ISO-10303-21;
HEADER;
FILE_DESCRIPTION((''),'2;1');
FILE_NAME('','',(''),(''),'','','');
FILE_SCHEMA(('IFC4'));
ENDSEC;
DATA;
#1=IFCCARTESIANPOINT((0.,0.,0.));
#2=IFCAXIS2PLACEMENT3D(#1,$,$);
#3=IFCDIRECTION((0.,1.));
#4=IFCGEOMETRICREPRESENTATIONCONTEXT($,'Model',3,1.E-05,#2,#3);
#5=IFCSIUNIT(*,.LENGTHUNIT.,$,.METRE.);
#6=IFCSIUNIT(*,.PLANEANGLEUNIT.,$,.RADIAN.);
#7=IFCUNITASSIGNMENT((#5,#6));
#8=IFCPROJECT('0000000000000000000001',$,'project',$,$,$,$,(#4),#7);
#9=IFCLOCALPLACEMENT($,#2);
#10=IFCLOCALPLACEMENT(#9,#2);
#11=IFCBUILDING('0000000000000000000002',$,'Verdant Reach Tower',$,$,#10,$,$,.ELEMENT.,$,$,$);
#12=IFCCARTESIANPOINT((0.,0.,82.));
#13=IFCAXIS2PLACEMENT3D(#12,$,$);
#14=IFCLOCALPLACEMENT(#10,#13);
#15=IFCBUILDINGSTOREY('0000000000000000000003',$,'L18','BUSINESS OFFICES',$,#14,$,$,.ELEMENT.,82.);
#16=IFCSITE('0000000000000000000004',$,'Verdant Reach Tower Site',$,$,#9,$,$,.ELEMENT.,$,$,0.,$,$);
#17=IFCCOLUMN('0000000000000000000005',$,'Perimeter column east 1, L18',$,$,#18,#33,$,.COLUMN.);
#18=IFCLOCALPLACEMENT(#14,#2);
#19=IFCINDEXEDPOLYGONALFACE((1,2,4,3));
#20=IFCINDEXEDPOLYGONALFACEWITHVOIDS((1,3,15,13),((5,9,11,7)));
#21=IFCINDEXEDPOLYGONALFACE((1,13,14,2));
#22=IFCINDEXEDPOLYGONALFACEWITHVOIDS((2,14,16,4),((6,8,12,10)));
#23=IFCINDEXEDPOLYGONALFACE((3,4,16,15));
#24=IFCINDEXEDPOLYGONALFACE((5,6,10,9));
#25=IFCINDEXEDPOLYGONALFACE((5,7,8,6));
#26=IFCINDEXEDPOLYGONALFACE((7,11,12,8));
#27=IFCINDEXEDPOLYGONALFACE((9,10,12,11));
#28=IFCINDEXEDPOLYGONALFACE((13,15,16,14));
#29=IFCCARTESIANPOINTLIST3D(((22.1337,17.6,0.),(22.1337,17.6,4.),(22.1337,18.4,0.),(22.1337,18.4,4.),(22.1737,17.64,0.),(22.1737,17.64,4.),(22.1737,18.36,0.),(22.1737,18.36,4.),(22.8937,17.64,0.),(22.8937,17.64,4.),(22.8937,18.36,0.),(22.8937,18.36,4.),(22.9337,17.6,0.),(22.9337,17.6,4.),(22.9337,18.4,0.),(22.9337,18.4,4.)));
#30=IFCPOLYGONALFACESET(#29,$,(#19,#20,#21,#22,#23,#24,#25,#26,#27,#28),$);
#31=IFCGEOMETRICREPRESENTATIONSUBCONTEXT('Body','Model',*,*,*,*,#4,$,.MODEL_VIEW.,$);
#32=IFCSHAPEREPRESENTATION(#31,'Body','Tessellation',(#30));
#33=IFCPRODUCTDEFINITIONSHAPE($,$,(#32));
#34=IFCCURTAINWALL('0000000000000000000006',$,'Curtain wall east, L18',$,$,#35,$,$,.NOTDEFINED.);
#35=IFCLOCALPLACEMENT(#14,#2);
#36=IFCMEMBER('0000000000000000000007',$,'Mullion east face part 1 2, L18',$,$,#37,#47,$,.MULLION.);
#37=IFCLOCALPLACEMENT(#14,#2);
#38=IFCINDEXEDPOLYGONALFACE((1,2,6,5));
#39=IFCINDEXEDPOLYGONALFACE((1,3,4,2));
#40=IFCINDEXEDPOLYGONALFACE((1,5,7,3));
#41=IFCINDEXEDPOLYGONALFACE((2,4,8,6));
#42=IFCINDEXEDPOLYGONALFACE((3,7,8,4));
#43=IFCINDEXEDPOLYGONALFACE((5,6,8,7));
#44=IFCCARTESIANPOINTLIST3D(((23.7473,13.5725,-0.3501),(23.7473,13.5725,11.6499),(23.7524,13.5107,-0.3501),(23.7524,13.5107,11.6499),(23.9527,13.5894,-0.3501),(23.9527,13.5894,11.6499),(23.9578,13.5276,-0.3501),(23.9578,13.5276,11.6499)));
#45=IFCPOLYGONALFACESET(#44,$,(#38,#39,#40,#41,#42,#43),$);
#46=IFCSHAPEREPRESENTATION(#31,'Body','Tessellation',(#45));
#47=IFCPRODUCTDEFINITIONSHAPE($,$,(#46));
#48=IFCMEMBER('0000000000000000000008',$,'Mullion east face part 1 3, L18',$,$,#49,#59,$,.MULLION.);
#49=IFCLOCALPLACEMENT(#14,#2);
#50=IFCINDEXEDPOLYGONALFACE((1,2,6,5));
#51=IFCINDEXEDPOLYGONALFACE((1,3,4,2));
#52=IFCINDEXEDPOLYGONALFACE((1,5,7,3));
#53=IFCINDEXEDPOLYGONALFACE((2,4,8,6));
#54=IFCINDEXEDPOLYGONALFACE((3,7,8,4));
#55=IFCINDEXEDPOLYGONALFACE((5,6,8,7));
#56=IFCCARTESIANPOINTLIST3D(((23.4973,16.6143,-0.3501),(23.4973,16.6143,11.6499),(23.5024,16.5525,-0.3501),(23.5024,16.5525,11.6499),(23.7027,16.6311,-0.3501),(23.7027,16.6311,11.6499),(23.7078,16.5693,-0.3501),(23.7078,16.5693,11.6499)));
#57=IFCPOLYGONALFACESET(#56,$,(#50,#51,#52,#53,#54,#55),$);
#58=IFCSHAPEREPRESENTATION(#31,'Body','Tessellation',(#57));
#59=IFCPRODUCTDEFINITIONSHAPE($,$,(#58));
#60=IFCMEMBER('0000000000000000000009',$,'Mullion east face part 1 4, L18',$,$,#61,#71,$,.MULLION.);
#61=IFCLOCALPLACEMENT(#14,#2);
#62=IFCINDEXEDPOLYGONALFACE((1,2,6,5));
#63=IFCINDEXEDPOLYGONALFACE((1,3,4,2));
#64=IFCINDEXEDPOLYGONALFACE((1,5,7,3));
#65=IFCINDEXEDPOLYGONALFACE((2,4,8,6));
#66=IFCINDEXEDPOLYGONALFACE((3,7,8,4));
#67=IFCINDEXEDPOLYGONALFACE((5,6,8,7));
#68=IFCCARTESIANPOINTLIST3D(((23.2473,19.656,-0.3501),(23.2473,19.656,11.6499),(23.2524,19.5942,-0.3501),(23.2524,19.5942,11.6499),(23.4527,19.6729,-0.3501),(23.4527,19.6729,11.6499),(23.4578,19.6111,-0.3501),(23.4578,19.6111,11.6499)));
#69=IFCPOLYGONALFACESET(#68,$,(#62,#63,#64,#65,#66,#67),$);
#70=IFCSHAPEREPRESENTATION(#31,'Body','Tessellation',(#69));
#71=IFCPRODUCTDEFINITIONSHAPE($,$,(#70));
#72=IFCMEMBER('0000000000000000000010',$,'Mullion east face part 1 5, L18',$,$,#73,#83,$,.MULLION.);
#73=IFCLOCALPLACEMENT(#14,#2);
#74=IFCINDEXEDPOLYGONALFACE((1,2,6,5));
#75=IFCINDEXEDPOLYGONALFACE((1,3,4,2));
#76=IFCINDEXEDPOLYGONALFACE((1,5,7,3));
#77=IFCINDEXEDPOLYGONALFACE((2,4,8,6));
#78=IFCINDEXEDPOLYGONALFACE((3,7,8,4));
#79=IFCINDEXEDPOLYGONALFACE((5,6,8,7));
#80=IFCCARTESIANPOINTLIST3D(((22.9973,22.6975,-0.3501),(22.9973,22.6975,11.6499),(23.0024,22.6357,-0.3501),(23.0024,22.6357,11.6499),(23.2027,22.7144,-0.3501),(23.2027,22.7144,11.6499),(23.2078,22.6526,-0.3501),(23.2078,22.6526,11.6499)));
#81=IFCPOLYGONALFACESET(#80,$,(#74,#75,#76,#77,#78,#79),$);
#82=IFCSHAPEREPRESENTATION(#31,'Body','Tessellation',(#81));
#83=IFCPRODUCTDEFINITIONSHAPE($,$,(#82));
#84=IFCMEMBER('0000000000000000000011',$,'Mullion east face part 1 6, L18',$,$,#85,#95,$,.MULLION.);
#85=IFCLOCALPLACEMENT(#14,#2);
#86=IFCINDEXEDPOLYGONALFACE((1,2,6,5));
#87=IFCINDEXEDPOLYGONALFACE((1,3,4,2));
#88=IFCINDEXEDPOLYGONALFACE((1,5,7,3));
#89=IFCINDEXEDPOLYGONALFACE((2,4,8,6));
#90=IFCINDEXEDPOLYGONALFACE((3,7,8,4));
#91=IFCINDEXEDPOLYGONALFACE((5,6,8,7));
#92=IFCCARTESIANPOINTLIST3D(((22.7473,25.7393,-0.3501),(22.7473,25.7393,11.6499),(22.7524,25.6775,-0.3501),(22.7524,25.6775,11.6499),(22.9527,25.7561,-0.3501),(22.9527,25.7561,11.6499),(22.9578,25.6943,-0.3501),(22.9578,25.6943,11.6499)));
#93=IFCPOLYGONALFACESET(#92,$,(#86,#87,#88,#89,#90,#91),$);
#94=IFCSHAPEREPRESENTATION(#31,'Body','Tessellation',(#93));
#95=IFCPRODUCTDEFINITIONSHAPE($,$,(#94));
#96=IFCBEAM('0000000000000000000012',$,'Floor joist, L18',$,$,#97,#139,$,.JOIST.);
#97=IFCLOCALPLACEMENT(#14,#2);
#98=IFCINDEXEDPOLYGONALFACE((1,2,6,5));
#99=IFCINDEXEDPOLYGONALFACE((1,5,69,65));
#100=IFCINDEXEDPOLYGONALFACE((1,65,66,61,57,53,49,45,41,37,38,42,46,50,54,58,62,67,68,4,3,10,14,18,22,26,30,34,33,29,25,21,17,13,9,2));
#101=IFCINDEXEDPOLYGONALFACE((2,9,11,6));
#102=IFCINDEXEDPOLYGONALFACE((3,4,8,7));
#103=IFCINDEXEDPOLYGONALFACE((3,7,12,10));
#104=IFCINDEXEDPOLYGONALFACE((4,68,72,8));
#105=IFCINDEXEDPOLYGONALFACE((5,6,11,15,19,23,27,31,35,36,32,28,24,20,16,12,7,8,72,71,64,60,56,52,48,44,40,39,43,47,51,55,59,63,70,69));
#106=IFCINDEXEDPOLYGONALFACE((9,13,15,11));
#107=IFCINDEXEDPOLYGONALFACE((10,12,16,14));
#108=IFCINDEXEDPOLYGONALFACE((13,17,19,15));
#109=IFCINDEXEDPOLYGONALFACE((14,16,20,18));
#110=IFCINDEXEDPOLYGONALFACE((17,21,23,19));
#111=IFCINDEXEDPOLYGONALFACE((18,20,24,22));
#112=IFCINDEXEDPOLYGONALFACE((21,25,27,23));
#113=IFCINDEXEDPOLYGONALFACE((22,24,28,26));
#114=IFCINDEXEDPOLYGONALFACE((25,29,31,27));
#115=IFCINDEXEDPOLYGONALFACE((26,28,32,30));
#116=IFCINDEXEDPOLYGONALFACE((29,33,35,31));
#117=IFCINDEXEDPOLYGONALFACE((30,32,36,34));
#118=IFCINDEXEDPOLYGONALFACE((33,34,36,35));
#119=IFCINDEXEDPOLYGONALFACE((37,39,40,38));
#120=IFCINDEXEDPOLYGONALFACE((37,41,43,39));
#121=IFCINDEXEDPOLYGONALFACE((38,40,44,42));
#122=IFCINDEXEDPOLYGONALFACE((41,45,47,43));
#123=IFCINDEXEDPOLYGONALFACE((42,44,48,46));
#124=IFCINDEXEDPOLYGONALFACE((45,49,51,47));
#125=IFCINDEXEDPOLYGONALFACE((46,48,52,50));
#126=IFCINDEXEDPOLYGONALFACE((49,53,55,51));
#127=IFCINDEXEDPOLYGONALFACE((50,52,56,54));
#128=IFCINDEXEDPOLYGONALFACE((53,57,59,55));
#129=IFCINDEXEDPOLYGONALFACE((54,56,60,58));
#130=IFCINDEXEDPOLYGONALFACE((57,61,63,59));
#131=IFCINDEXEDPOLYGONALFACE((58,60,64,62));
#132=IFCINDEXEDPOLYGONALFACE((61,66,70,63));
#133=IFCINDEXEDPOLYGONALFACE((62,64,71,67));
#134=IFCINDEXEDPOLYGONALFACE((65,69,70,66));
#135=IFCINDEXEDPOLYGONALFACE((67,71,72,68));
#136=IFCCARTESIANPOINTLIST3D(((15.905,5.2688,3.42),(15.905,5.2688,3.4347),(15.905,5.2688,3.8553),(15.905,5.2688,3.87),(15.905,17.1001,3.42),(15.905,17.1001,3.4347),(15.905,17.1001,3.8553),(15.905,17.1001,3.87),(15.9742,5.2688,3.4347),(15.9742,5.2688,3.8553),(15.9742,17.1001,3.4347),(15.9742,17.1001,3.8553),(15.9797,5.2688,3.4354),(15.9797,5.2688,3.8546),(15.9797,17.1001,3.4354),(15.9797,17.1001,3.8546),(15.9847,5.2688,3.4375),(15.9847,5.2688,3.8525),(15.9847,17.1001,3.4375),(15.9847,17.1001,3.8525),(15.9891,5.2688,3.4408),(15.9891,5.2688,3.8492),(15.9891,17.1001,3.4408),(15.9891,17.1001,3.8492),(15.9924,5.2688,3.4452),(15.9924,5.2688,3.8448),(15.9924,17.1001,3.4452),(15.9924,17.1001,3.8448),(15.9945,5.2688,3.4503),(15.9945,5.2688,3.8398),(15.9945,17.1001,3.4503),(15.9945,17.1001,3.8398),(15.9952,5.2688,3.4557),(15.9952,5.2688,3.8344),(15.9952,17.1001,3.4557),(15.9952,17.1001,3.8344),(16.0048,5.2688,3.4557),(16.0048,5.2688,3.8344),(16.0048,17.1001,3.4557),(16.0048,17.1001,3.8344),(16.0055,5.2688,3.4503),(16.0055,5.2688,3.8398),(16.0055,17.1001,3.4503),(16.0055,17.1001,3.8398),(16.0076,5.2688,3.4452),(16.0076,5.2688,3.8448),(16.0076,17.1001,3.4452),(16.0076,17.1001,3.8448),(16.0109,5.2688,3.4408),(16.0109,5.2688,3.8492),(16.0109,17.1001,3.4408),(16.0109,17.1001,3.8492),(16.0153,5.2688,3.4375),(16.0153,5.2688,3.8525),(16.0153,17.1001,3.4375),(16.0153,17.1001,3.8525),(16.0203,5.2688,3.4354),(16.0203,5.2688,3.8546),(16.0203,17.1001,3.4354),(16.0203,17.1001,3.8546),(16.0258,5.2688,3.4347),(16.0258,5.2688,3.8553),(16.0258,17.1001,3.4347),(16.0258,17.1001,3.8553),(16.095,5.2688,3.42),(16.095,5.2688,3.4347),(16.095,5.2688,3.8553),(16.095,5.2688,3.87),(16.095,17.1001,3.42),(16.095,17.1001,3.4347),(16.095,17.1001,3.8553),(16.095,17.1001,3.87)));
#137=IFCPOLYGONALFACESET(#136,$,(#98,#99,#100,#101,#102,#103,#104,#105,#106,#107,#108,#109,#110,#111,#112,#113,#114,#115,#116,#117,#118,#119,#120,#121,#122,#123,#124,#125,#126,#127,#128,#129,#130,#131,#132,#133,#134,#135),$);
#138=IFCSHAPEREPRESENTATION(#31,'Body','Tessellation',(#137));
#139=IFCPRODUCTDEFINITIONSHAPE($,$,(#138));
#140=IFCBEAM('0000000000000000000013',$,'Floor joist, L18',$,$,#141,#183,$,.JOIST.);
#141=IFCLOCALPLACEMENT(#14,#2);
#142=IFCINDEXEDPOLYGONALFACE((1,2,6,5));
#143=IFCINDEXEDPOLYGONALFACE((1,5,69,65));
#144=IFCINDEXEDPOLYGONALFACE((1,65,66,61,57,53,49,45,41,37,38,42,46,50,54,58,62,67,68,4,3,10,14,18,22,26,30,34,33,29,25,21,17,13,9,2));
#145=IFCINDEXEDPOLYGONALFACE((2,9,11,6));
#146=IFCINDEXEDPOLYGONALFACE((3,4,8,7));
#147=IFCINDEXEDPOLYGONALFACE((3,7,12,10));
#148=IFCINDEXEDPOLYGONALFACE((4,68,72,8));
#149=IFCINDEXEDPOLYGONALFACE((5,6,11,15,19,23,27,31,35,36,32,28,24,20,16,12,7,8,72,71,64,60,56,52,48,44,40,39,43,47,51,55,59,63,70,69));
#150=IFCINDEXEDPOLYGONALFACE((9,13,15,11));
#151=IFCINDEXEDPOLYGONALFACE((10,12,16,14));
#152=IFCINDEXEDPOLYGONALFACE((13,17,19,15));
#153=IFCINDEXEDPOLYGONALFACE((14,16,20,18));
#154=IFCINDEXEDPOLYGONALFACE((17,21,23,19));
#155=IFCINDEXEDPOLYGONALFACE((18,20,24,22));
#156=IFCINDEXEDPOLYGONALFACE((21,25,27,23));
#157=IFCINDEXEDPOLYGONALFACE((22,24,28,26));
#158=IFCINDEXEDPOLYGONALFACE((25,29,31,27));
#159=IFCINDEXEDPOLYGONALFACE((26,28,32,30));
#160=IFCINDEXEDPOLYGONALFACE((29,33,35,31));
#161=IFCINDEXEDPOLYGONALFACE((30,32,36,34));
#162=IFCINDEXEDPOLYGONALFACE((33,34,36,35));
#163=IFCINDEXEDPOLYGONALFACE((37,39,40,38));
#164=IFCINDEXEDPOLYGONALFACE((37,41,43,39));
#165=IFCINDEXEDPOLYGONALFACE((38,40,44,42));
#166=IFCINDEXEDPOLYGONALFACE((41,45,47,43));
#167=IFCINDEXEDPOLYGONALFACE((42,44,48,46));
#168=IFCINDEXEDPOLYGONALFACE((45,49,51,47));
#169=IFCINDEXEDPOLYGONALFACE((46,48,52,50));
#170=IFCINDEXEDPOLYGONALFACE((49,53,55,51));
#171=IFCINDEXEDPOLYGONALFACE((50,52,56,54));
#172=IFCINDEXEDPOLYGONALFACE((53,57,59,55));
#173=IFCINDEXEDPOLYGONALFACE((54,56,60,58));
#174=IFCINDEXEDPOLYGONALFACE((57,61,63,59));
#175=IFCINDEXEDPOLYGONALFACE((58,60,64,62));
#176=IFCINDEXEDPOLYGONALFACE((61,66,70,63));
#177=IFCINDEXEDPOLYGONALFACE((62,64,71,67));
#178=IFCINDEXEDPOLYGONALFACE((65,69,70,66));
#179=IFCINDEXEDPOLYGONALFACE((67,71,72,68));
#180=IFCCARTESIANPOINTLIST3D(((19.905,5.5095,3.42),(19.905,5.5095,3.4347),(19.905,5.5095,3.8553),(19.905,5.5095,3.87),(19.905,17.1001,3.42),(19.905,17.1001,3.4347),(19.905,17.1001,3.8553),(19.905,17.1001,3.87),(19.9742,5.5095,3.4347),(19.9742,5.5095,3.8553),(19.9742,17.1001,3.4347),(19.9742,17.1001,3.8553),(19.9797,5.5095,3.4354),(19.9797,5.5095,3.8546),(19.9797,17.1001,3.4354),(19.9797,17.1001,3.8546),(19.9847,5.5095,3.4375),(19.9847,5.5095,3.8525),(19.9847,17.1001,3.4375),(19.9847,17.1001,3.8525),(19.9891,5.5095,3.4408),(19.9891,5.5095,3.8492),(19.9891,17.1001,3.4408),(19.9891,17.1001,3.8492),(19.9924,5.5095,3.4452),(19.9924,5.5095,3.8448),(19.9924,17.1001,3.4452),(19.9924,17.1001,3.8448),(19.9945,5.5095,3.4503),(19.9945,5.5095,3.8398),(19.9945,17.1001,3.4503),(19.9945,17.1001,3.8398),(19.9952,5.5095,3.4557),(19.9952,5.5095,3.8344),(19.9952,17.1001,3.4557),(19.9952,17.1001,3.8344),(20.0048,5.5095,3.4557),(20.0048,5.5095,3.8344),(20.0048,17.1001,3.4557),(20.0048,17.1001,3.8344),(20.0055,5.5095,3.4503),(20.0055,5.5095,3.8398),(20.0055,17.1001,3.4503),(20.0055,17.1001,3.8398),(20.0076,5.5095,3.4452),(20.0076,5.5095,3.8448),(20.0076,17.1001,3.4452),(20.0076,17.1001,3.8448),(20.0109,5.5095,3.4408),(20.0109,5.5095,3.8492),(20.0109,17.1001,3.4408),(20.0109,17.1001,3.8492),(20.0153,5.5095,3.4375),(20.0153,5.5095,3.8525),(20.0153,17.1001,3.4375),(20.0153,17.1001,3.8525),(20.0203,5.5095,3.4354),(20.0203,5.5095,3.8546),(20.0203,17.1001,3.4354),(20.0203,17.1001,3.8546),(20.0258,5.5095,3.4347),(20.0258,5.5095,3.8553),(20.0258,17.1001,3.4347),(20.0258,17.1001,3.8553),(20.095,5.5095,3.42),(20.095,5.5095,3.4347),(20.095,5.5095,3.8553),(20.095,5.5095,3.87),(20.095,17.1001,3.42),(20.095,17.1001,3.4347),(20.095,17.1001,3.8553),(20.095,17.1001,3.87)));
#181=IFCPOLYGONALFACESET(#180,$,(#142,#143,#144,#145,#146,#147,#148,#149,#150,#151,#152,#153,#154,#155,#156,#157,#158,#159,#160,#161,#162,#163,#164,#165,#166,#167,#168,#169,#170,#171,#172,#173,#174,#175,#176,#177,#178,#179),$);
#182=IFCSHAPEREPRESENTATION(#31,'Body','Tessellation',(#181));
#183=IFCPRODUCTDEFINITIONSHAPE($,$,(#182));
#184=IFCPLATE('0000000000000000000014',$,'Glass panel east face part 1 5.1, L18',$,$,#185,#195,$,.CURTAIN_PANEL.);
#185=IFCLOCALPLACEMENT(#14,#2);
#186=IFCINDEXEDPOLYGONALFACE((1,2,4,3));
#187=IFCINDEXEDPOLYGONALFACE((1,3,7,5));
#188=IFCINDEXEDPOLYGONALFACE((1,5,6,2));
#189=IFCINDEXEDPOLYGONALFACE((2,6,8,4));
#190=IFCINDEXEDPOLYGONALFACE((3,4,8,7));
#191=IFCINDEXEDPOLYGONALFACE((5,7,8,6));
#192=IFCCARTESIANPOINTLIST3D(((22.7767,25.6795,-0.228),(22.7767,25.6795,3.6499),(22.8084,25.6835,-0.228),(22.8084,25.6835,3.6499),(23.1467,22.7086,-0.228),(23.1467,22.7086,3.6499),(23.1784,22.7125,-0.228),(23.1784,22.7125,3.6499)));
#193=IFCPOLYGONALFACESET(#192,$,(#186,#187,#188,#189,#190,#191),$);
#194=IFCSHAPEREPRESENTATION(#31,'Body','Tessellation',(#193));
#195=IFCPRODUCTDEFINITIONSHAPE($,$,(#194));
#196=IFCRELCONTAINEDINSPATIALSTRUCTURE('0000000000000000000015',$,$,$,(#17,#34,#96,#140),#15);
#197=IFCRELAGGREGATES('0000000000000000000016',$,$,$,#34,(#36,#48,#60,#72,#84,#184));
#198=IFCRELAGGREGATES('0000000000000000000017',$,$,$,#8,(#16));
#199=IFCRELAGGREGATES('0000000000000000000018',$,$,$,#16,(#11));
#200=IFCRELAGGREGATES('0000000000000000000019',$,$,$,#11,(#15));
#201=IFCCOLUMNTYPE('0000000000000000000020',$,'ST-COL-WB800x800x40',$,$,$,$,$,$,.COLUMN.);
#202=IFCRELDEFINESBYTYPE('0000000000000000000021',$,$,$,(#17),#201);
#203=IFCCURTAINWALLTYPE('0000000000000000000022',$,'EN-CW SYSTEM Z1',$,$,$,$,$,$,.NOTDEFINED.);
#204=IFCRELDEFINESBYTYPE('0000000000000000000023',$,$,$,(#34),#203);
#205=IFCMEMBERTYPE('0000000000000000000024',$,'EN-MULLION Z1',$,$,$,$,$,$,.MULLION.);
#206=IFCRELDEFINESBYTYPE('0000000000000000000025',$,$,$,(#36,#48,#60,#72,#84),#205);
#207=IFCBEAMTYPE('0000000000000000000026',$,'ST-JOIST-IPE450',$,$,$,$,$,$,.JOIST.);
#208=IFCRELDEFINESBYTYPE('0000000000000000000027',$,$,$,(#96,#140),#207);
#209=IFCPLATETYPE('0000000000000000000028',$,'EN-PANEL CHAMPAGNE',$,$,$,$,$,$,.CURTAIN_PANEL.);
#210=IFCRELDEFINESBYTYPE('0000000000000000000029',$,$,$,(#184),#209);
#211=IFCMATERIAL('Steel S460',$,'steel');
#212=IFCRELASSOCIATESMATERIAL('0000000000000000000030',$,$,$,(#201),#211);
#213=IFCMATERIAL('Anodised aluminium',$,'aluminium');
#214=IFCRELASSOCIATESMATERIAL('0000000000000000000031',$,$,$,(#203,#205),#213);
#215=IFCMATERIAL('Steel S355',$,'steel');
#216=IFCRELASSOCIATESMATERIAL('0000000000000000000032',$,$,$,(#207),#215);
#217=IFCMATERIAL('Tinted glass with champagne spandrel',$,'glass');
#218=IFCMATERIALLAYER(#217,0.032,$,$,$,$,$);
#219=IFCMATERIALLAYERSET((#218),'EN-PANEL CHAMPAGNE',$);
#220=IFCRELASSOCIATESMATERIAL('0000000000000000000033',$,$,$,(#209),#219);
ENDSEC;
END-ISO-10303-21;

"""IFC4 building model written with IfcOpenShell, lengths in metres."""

from ifc_helpers import new_model, si_unit, direction, frame, origin, origin_2d, place, context, subcontext, project, spatial, rectangle, hollow_rectangle, i_section, extrude, material, layer, layer_set, material_profile, profile_set, type_object, element, aggregate, save


model = new_model("IFC4")

# Units and contexts
model_context = context("Model", 3, precision=1e-05, world=origin(), true_north=direction((0.0, 1.0)))
body_context = subcontext(model_context, "Body", "Model", "MODEL_VIEW")
ifc_project = project(units=[si_unit("LENGTHUNIT", "METRE"), si_unit("PLANEANGLEUNIT", "RADIAN")], contexts=[model_context])

# Site, building, storey
site_placement = place(None, origin())
site = spatial("IfcSite", under=ifc_project, at=site_placement, Name="Verdant Reach Tower Site", CompositionType="ELEMENT", RefElevation=0.0)
building_placement = place(site_placement, origin())
building = spatial("IfcBuilding", under=site, at=building_placement, Name="Verdant Reach Tower", CompositionType="ELEMENT")
storey_placement = place(building_placement, frame((0.0, 0.0, 82.0)))
storey = spatial("IfcBuildingStorey", under=building, at=storey_placement, Name="L18", Description="BUSINESS OFFICES", CompositionType="ELEMENT", Elevation=82.0)

# Column
ifc_material_1 = material(Name="Steel S460", Category="steel")
ifc_material_profile_1 = material_profile(ifc_material_1, hollow_rectangle(XDim=0.8, YDim=0.8, WallThickness=0.04, at=origin_2d()), Name="WB 800x800x40")
ifc_profile_set_1 = profile_set([ifc_material_profile_1], Name="Steel S460")
column_type = type_object("IfcColumnType", Name="ST-COL-WB800x800x40", PredefinedType="COLUMN", material=ifc_profile_set_1)
column_placement = place(storey_placement, frame((22.5337, 18.0, 0.0), z_axis=(0.0, 0.0, 1.0), x_axis=(1.0, 0.0, 0.0)))
element("IfcColumn", 1, at=column_placement, inside=storey, type_object=column_type, Name="Perimeter column east 1, L18", PredefinedType="COLUMN", context=body_context, shape_type="SweptSolid", body=[
    extrude(hollow_rectangle(XDim=0.8, YDim=0.8, WallThickness=0.04, at=origin_2d()), origin(), (0.0, 0.0, 1.0), 4.0),
])

# Curtain wall, members
ifc_material_2 = material(Name="Anodised aluminium", Category="aluminium")
curtain_wall_type = type_object("IfcCurtainWallType", Name="EN-CW SYSTEM Z1", PredefinedType="NOTDEFINED", material=ifc_material_2)
curtain_wall_placement = place(storey_placement, origin())
curtain_wall = element("IfcCurtainWall", 2, at=curtain_wall_placement, inside=storey, type_object=curtain_wall_type, Name="Curtain wall east, L18", PredefinedType="NOTDEFINED")
ifc_material_profile_2 = material_profile(ifc_material_2, rectangle(XDim=0.2061, YDim=0.062, at=origin_2d()), Name="Mullion 62x206")
ifc_profile_set_2 = profile_set([ifc_material_profile_2], Name="Anodised aluminium")
member_type = type_object("IfcMemberType", Name="EN-MULLION Z1", PredefinedType="MULLION", material=ifc_profile_set_2)
member_1_placement = place(storey_placement, frame((23.8525, 13.55, -0.3501), z_axis=(0.0, 0.0, 1.0), x_axis=(0.996639, 0.081916, 0.0)))
member_1 = element("IfcMember", 3, at=member_1_placement, type_object=member_type, Name="Mullion east face part 1 2, L18", PredefinedType="MULLION", context=body_context, shape_type="SweptSolid", body=[
    extrude(rectangle(XDim=0.2061, YDim=0.062, at=origin_2d()), origin(), (0.0, 0.0, 1.0), 12.0),
])
member_2_placement = place(storey_placement, frame((23.6025, 16.5918, -0.3501), z_axis=(0.0, 0.0, 1.0), x_axis=(0.996639, 0.081916, 0.0)))
member_2 = element("IfcMember", 4, at=member_2_placement, type_object=member_type, Name="Mullion east face part 1 3, L18", PredefinedType="MULLION", context=body_context, shape_type="SweptSolid", body=[
    extrude(rectangle(XDim=0.2061, YDim=0.062, at=origin_2d()), origin(), (0.0, 0.0, 1.0), 12.0),
])
member_3_placement = place(storey_placement, frame((23.3525, 19.6335, -0.3501), z_axis=(0.0, 0.0, 1.0), x_axis=(0.996639, 0.081916, 0.0)))
member_3 = element("IfcMember", 5, at=member_3_placement, type_object=member_type, Name="Mullion east face part 1 4, L18", PredefinedType="MULLION", context=body_context, shape_type="SweptSolid", body=[
    extrude(rectangle(XDim=0.2061, YDim=0.062, at=origin_2d()), origin(), (0.0, 0.0, 1.0), 12.0),
])
member_4_placement = place(storey_placement, frame((23.1025, 22.675, -0.3501), z_axis=(0.0, 0.0, 1.0), x_axis=(0.996639, 0.081916, 0.0)))
member_4 = element("IfcMember", 6, at=member_4_placement, type_object=member_type, Name="Mullion east face part 1 5, L18", PredefinedType="MULLION", context=body_context, shape_type="SweptSolid", body=[
    extrude(rectangle(XDim=0.2061, YDim=0.062, at=origin_2d()), origin(), (0.0, 0.0, 1.0), 12.0),
])
member_5_placement = place(storey_placement, frame((22.8525, 25.7168, -0.3501), z_axis=(0.0, 0.0, 1.0), x_axis=(0.996639, 0.081916, 0.0)))
member_5 = element("IfcMember", 7, at=member_5_placement, type_object=member_type, Name="Mullion east face part 1 6, L18", PredefinedType="MULLION", context=body_context, shape_type="SweptSolid", body=[
    extrude(rectangle(XDim=0.2061, YDim=0.062, at=origin_2d()), origin(), (0.0, 0.0, 1.0), 12.0),
])

# Beams
ifc_material_3 = material(Name="Steel S355", Category="steel")
ifc_material_profile_3 = material_profile(ifc_material_3, i_section(OverallWidth=0.1899, OverallDepth=0.45, WebThickness=0.0095, FlangeThickness=0.0146, FilletRadius=0.021, at=origin_2d()), Name="IPE 450")
ifc_profile_set_3 = profile_set([ifc_material_profile_3], Name="Steel S355")
beam_type = type_object("IfcBeamType", Name="ST-JOIST-IPE450", PredefinedType="JOIST", material=ifc_profile_set_3)
beam_1_placement = place(storey_placement, frame((16.0, 17.1001, 3.645), z_axis=(0.0, -1.0, 0.0), x_axis=(1.0, 0.0, 0.0)))
element("IfcBeam", 8, at=beam_1_placement, inside=storey, type_object=beam_type, Name="Floor joist, L18", PredefinedType="JOIST", context=body_context, shape_type="SweptSolid", body=[
    extrude(i_section(OverallWidth=0.1899, OverallDepth=0.45, WebThickness=0.0095, FlangeThickness=0.0146, FilletRadius=0.021, at=origin_2d()), origin(), (0.0, 0.0, 1.0), 11.8313),
])
beam_2_placement = place(storey_placement, frame((20.0, 17.1001, 3.645), z_axis=(0.0, -1.0, 0.0), x_axis=(1.0, 0.0, 0.0)))
element("IfcBeam", 9, at=beam_2_placement, inside=storey, type_object=beam_type, Name="Floor joist, L18", PredefinedType="JOIST", context=body_context, shape_type="SweptSolid", body=[
    extrude(i_section(OverallWidth=0.1899, OverallDepth=0.45, WebThickness=0.0095, FlangeThickness=0.0146, FilletRadius=0.021, at=origin_2d()), origin(), (0.0, 0.0, 1.0), 11.5906),
])

# Plate
ifc_material_4 = material(Name="Tinted glass with champagne spandrel", Category="glass")
ifc_layer_1 = layer(ifc_material_4, 0.032)
ifc_layer_set_1 = layer_set([ifc_layer_1], Name="EN-PANEL CHAMPAGNE")
plate_type_1 = type_object("IfcPlateType", Name="EN-PANEL CHAMPAGNE", PredefinedType="CURTAIN_PANEL", material=ifc_layer_set_1)
plate_1_placement = place(storey_placement, frame((22.9775, 24.196, -0.228), z_axis=(0.0, 0.0, 1.0), x_axis=(-0.123579, 0.992335, 0.0)))
plate_1 = element("IfcPlate", 10, at=plate_1_placement, type_object=plate_type_1, Name="Glass panel east face part 1 5.1, L18", PredefinedType="CURTAIN_PANEL", context=body_context, shape_type="SweptSolid", body=[
    extrude(rectangle(XDim=2.9939, YDim=0.032, at=origin_2d()), origin(), (0.0, 0.0, 1.0), 3.8779),
])
aggregate(curtain_wall, [member_1, member_2, member_3, member_4, member_5, plate_1])

save(model, "model.ifc")
